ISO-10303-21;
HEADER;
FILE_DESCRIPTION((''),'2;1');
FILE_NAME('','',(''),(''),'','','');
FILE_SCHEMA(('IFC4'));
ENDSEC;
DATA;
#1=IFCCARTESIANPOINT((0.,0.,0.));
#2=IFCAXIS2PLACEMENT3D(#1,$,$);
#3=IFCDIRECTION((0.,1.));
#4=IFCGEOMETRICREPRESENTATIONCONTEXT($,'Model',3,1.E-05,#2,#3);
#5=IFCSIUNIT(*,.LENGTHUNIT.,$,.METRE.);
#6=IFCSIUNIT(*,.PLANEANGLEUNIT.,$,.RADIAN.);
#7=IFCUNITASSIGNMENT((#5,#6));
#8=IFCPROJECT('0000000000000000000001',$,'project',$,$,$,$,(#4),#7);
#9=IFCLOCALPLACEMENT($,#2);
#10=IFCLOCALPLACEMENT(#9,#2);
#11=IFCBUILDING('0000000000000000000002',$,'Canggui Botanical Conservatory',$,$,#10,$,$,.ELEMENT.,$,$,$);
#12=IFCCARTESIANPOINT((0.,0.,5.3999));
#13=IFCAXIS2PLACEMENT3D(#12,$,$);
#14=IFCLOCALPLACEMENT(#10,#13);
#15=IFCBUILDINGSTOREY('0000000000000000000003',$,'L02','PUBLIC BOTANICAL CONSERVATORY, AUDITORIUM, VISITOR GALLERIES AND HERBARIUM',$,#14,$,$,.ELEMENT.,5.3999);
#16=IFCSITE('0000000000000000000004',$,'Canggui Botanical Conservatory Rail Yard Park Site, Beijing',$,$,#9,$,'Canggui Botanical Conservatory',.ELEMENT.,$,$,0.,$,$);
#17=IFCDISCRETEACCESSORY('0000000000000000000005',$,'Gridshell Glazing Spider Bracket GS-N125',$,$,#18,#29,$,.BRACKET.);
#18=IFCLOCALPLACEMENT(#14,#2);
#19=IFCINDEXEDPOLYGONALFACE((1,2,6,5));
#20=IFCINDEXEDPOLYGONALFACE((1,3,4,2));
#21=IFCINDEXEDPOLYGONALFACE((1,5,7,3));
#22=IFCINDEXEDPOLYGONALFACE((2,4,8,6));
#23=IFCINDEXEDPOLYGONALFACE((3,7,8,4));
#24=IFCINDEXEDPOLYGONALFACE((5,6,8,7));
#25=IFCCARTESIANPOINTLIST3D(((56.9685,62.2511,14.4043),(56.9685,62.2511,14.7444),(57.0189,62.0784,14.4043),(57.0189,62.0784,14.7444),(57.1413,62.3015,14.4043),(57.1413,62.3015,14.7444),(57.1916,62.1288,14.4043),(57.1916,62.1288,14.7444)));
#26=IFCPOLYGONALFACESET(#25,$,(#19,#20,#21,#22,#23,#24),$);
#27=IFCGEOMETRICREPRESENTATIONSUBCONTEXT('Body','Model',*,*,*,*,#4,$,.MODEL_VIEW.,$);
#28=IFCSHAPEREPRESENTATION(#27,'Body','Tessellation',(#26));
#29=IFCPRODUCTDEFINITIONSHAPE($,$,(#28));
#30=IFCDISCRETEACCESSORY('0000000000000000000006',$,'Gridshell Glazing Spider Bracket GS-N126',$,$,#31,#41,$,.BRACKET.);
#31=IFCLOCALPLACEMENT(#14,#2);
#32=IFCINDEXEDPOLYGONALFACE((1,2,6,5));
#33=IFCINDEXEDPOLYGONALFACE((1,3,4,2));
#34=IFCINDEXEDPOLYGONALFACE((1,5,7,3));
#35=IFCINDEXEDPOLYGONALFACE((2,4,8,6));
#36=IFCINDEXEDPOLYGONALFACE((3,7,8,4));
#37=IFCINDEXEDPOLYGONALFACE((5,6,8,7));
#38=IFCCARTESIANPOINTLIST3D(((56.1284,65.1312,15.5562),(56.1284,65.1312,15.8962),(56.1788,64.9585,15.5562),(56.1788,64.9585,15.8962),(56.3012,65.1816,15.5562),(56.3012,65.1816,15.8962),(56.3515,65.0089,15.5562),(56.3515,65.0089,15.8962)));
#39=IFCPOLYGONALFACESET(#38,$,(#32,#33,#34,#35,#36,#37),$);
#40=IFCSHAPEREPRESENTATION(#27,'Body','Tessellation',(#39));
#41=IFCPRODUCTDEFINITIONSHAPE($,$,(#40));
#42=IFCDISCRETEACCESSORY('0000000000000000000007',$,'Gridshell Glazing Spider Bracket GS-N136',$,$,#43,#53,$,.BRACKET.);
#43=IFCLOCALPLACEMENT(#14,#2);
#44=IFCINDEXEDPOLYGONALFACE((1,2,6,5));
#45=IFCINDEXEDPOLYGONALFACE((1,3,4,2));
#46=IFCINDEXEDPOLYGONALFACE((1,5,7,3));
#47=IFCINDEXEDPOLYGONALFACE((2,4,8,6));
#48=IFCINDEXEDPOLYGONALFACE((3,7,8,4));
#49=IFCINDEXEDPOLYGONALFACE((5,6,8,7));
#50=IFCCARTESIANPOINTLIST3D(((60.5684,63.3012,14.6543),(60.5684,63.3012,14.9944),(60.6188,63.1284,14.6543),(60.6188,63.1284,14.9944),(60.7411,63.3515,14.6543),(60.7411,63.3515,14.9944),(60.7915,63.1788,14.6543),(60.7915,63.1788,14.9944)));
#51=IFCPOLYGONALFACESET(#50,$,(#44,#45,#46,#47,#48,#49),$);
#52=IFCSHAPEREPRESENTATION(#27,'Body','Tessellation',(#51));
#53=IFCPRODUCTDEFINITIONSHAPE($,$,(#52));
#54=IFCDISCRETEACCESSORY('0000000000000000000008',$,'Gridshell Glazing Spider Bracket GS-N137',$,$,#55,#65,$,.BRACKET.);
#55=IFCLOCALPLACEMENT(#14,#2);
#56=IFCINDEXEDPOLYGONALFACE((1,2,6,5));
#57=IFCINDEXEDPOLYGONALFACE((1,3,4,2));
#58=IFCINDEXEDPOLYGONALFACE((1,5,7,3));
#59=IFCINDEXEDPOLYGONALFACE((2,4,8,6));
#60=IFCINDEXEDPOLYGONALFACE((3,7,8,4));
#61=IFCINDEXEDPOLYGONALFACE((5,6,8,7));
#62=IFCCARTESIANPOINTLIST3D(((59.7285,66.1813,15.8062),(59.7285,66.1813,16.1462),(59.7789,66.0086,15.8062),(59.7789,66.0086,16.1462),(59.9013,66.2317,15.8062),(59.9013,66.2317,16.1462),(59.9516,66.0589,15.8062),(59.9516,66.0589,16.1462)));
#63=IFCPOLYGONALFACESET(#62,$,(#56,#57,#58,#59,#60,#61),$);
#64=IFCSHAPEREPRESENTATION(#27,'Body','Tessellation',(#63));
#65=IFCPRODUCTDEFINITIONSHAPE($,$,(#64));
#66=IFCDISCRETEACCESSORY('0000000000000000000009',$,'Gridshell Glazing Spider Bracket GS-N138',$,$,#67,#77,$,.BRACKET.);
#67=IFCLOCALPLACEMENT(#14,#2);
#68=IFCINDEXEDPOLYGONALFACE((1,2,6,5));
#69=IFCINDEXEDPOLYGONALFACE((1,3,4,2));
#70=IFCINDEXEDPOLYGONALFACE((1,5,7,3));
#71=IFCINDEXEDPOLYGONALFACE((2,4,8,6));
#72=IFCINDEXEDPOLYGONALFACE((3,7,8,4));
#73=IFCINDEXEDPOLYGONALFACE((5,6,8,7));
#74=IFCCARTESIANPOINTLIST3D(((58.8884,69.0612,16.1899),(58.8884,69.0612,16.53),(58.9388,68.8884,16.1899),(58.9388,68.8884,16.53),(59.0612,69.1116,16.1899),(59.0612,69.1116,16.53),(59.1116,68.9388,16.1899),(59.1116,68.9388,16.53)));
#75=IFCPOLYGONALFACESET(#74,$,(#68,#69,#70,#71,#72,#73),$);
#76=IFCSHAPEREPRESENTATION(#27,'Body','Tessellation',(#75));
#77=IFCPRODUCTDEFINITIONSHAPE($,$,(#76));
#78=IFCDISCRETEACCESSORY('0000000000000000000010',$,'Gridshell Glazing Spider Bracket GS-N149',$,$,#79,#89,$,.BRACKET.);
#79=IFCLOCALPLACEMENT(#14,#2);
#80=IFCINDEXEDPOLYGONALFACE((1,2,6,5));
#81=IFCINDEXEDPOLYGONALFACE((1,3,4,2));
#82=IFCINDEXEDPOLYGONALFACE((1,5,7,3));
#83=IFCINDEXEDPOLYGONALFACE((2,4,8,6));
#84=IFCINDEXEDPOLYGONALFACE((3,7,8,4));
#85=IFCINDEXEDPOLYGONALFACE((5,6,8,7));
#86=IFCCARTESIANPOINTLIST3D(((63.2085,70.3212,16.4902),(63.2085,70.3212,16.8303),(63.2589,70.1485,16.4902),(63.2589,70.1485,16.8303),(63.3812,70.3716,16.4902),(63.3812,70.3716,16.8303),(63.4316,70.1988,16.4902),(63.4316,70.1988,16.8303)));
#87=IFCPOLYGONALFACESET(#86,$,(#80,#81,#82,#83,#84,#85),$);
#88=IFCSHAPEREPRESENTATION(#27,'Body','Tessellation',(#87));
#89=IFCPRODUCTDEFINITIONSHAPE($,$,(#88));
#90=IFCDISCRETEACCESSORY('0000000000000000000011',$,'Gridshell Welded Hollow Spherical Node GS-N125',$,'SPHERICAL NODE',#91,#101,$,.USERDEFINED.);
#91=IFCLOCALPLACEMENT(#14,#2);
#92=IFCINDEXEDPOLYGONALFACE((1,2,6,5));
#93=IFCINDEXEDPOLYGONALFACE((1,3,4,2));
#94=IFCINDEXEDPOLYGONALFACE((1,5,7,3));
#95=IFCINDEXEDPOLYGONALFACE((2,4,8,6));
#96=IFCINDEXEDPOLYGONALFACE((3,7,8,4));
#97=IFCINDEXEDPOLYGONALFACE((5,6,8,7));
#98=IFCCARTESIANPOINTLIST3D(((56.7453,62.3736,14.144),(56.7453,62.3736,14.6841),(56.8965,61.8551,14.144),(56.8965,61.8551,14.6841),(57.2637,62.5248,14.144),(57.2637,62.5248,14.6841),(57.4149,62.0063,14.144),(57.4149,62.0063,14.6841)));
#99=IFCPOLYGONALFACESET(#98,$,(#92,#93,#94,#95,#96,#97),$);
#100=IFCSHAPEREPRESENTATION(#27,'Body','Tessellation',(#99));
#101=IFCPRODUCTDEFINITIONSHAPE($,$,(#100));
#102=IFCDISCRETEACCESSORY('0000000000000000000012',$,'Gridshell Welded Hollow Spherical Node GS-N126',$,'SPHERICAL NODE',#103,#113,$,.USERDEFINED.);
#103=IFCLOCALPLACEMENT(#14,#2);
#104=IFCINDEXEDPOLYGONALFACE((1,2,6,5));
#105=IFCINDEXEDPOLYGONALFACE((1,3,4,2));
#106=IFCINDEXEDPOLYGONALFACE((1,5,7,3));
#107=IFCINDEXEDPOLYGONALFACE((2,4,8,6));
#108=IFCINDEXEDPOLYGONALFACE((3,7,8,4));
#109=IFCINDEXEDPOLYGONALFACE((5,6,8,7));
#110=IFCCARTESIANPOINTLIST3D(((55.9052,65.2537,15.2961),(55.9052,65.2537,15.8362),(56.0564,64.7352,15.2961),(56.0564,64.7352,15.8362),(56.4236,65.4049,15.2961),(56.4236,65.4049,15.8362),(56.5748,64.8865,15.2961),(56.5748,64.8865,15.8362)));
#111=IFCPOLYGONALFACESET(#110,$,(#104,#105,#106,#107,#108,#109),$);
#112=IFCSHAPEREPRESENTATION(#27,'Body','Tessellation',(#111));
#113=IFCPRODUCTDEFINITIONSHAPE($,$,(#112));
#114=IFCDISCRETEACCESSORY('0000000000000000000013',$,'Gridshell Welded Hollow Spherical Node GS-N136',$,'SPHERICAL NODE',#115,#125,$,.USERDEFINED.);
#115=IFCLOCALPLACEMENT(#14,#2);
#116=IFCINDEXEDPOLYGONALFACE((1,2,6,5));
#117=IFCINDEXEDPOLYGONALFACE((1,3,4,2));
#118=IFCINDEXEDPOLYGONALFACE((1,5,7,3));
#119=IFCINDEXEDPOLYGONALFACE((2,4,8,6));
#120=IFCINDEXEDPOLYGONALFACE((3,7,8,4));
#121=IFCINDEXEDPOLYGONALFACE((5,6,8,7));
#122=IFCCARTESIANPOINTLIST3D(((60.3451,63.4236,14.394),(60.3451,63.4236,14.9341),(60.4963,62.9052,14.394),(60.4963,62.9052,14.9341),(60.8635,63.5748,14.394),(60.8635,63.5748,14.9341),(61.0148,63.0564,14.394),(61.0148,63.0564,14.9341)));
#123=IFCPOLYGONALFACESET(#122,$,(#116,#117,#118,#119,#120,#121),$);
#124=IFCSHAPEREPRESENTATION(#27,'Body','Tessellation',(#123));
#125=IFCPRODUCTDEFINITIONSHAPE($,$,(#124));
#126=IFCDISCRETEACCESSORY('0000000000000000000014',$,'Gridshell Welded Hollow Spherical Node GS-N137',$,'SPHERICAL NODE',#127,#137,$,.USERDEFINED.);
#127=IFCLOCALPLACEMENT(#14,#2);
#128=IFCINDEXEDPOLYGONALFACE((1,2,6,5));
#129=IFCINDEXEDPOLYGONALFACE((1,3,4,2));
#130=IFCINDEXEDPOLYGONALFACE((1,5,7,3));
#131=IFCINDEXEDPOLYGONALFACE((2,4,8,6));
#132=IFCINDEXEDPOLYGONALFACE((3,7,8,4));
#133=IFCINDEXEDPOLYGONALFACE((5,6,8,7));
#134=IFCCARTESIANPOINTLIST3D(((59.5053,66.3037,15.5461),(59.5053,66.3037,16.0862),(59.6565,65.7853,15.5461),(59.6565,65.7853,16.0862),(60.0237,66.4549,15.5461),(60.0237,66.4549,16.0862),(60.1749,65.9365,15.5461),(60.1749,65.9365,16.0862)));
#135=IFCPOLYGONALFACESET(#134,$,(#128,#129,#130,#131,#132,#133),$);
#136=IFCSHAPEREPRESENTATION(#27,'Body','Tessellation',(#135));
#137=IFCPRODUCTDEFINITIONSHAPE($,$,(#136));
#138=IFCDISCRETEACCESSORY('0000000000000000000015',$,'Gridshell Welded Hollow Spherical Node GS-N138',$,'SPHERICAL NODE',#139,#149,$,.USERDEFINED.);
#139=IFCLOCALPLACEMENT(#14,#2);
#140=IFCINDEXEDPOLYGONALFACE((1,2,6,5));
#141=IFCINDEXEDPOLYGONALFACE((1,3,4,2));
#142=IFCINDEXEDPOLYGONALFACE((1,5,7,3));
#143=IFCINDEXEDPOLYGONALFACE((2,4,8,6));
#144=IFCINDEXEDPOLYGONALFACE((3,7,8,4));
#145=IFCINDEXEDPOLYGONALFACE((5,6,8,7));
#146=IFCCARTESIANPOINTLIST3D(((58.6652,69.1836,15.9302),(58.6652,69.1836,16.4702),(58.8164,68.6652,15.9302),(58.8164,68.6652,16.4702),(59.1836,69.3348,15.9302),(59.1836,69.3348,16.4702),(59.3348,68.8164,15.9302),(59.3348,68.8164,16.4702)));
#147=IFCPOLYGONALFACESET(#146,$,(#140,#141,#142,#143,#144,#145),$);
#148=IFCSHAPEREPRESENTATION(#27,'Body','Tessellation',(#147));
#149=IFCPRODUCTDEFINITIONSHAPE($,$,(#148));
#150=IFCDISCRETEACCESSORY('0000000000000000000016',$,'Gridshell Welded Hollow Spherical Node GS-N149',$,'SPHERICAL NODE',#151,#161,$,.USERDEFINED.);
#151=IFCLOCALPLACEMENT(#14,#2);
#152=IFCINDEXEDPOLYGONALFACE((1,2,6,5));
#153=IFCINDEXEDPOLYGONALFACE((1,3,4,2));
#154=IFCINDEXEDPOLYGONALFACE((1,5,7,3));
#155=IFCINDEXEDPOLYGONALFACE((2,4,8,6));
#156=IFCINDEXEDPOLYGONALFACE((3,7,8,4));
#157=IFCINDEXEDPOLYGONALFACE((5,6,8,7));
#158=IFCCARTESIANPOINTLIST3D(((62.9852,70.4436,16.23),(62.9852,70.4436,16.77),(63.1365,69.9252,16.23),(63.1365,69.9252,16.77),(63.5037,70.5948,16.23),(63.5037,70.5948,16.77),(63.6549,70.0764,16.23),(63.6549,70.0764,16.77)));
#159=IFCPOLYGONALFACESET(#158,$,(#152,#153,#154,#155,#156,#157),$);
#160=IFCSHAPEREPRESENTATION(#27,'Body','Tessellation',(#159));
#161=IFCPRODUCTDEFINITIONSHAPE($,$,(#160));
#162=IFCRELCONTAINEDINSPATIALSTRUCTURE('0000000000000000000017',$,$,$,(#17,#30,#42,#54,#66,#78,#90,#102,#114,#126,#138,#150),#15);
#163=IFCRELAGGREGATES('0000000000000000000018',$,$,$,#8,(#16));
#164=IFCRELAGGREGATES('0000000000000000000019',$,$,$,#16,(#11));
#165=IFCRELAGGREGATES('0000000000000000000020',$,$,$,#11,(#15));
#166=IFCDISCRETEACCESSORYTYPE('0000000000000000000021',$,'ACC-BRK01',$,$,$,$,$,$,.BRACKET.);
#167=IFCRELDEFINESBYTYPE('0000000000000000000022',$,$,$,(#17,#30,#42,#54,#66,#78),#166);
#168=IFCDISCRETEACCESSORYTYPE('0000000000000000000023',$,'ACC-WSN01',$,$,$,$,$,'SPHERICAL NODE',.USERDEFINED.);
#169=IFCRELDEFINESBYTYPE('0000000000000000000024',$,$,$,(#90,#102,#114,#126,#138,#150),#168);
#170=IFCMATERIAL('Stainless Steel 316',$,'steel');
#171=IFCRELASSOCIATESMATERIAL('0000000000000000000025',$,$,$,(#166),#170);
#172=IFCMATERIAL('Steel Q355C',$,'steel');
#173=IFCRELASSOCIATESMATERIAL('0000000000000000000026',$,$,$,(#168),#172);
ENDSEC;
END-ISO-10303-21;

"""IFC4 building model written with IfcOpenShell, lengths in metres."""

from ifc_helpers import new_model, si_unit, direction, frame, origin, origin_2d, place, context, subcontext, project, spatial, rectangle, extrude, material, type_object, element, save


model = new_model("IFC4")

# Units and contexts
model_context = context("Model", 3, precision=1e-05, world=origin(), true_north=direction((0.0, 1.0)))
body_context = subcontext(model_context, "Body", "Model", "MODEL_VIEW")
ifc_project = project(units=[si_unit("LENGTHUNIT", "METRE"), si_unit("PLANEANGLEUNIT", "RADIAN")], contexts=[model_context])

# Site, building, storey
site_placement = place(None, origin())
site = spatial("IfcSite", under=ifc_project, at=site_placement, Name="Canggui Botanical Conservatory Rail Yard Park Site, Beijing", LongName="Canggui Botanical Conservatory", CompositionType="ELEMENT", RefElevation=0.0)
building_placement = place(site_placement, origin())
building = spatial("IfcBuilding", under=site, at=building_placement, Name="Canggui Botanical Conservatory", CompositionType="ELEMENT")
storey_placement = place(building_placement, frame((0.0, 0.0, 5.3999)))
storey = spatial("IfcBuildingStorey", under=building, at=storey_placement, Name="L02", Description="PUBLIC BOTANICAL CONSERVATORY, AUDITORIUM, VISITOR GALLERIES AND HERBARIUM", CompositionType="ELEMENT", Elevation=5.3999)

# Shared definitions
ifc_material_1 = material(Name="Steel Q355C", Category="steel")

# Discrete accessories
ifc_material_2 = material(Name="Stainless Steel 316", Category="steel")
discrete_accessory_type_1 = type_object("IfcDiscreteAccessoryType", Name="ACC-BRK01", PredefinedType="BRACKET", material=ifc_material_2)
for number, where, z_axis, x_axis, name in (
    (1, (57.0801, 62.1899, 14.4043), (0.0, 0.0, 1.0), (0.96, 0.28, 0.0), "Gridshell Glazing Spider Bracket GS-N125"),
    (2, (56.24, 65.0701, 15.5562), (0.0, 0.0, 1.0), (0.96, 0.28, 0.0), "Gridshell Glazing Spider Bracket GS-N126"),
    (3, (60.6799, 63.24, 14.6543), (0.0, 0.0, 1.0), (0.96, 0.28, 0.0), "Gridshell Glazing Spider Bracket GS-N136"),
    (4, (59.8401, 66.1201, 15.8062), (0.0, 0.0, 1.0), (0.96, 0.28, 0.0), "Gridshell Glazing Spider Bracket GS-N137"),
    (5, (59.0, 69.0, 16.1899), (0.0, 0.0, 1.0), (0.96, 0.28, 0.0), "Gridshell Glazing Spider Bracket GS-N138"),
    (6, (63.3201, 70.26, 16.4902), (0.0, 0.0, 1.0), (0.96, 0.28, 0.0), "Gridshell Glazing Spider Bracket GS-N149"),
):
    element("IfcDiscreteAccessory", number, at=place(storey_placement, frame(where, z_axis=z_axis, x_axis=x_axis)), inside=storey, type_object=discrete_accessory_type_1, Name=name, PredefinedType="BRACKET", context=body_context, shape_type="SweptSolid", body=[
        extrude(rectangle(XDim=0.1799, YDim=0.1799, at=origin_2d()), origin(), (0.0, 0.0, 1.0), 0.3401),
    ])
discrete_accessory_type_2 = type_object("IfcDiscreteAccessoryType", Name="ACC-WSN01", ElementType="SPHERICAL NODE", PredefinedType="USERDEFINED", material=ifc_material_1)
for number, where, z_axis, x_axis, name in (
    (7, (57.0801, 62.1899, 14.144), (0.0, 0.0, 1.0), (0.96, 0.28, 0.0), "Gridshell Welded Hollow Spherical Node GS-N125"),
    (8, (56.24, 65.0701, 15.2961), (0.0, 0.0, 1.0), (0.96, 0.28, 0.0), "Gridshell Welded Hollow Spherical Node GS-N126"),
    (9, (60.6799, 63.24, 14.394), (0.0, 0.0, 1.0), (0.96, 0.28, 0.0), "Gridshell Welded Hollow Spherical Node GS-N136"),
    (10, (59.8401, 66.1201, 15.5461), (0.0, 0.0, 1.0), (0.96, 0.28, 0.0), "Gridshell Welded Hollow Spherical Node GS-N137"),
    (11, (59.0, 69.0, 15.9302), (0.0, 0.0, 1.0), (0.96, 0.28, 0.0), "Gridshell Welded Hollow Spherical Node GS-N138"),
    (12, (63.3201, 70.26, 16.23), (0.0, 0.0, 1.0), (0.96, 0.28, 0.0), "Gridshell Welded Hollow Spherical Node GS-N149"),
):
    element("IfcDiscreteAccessory", number, at=place(storey_placement, frame(where, z_axis=z_axis, x_axis=x_axis)), inside=storey, type_object=discrete_accessory_type_2, Name=name, ObjectType="SPHERICAL NODE", PredefinedType="USERDEFINED", context=body_context, shape_type="SweptSolid", body=[
        extrude(rectangle(XDim=0.54, YDim=0.54, at=origin_2d()), origin(), (0.0, 0.0, 1.0), 0.54),
    ])

save(model, "model.ifc")
